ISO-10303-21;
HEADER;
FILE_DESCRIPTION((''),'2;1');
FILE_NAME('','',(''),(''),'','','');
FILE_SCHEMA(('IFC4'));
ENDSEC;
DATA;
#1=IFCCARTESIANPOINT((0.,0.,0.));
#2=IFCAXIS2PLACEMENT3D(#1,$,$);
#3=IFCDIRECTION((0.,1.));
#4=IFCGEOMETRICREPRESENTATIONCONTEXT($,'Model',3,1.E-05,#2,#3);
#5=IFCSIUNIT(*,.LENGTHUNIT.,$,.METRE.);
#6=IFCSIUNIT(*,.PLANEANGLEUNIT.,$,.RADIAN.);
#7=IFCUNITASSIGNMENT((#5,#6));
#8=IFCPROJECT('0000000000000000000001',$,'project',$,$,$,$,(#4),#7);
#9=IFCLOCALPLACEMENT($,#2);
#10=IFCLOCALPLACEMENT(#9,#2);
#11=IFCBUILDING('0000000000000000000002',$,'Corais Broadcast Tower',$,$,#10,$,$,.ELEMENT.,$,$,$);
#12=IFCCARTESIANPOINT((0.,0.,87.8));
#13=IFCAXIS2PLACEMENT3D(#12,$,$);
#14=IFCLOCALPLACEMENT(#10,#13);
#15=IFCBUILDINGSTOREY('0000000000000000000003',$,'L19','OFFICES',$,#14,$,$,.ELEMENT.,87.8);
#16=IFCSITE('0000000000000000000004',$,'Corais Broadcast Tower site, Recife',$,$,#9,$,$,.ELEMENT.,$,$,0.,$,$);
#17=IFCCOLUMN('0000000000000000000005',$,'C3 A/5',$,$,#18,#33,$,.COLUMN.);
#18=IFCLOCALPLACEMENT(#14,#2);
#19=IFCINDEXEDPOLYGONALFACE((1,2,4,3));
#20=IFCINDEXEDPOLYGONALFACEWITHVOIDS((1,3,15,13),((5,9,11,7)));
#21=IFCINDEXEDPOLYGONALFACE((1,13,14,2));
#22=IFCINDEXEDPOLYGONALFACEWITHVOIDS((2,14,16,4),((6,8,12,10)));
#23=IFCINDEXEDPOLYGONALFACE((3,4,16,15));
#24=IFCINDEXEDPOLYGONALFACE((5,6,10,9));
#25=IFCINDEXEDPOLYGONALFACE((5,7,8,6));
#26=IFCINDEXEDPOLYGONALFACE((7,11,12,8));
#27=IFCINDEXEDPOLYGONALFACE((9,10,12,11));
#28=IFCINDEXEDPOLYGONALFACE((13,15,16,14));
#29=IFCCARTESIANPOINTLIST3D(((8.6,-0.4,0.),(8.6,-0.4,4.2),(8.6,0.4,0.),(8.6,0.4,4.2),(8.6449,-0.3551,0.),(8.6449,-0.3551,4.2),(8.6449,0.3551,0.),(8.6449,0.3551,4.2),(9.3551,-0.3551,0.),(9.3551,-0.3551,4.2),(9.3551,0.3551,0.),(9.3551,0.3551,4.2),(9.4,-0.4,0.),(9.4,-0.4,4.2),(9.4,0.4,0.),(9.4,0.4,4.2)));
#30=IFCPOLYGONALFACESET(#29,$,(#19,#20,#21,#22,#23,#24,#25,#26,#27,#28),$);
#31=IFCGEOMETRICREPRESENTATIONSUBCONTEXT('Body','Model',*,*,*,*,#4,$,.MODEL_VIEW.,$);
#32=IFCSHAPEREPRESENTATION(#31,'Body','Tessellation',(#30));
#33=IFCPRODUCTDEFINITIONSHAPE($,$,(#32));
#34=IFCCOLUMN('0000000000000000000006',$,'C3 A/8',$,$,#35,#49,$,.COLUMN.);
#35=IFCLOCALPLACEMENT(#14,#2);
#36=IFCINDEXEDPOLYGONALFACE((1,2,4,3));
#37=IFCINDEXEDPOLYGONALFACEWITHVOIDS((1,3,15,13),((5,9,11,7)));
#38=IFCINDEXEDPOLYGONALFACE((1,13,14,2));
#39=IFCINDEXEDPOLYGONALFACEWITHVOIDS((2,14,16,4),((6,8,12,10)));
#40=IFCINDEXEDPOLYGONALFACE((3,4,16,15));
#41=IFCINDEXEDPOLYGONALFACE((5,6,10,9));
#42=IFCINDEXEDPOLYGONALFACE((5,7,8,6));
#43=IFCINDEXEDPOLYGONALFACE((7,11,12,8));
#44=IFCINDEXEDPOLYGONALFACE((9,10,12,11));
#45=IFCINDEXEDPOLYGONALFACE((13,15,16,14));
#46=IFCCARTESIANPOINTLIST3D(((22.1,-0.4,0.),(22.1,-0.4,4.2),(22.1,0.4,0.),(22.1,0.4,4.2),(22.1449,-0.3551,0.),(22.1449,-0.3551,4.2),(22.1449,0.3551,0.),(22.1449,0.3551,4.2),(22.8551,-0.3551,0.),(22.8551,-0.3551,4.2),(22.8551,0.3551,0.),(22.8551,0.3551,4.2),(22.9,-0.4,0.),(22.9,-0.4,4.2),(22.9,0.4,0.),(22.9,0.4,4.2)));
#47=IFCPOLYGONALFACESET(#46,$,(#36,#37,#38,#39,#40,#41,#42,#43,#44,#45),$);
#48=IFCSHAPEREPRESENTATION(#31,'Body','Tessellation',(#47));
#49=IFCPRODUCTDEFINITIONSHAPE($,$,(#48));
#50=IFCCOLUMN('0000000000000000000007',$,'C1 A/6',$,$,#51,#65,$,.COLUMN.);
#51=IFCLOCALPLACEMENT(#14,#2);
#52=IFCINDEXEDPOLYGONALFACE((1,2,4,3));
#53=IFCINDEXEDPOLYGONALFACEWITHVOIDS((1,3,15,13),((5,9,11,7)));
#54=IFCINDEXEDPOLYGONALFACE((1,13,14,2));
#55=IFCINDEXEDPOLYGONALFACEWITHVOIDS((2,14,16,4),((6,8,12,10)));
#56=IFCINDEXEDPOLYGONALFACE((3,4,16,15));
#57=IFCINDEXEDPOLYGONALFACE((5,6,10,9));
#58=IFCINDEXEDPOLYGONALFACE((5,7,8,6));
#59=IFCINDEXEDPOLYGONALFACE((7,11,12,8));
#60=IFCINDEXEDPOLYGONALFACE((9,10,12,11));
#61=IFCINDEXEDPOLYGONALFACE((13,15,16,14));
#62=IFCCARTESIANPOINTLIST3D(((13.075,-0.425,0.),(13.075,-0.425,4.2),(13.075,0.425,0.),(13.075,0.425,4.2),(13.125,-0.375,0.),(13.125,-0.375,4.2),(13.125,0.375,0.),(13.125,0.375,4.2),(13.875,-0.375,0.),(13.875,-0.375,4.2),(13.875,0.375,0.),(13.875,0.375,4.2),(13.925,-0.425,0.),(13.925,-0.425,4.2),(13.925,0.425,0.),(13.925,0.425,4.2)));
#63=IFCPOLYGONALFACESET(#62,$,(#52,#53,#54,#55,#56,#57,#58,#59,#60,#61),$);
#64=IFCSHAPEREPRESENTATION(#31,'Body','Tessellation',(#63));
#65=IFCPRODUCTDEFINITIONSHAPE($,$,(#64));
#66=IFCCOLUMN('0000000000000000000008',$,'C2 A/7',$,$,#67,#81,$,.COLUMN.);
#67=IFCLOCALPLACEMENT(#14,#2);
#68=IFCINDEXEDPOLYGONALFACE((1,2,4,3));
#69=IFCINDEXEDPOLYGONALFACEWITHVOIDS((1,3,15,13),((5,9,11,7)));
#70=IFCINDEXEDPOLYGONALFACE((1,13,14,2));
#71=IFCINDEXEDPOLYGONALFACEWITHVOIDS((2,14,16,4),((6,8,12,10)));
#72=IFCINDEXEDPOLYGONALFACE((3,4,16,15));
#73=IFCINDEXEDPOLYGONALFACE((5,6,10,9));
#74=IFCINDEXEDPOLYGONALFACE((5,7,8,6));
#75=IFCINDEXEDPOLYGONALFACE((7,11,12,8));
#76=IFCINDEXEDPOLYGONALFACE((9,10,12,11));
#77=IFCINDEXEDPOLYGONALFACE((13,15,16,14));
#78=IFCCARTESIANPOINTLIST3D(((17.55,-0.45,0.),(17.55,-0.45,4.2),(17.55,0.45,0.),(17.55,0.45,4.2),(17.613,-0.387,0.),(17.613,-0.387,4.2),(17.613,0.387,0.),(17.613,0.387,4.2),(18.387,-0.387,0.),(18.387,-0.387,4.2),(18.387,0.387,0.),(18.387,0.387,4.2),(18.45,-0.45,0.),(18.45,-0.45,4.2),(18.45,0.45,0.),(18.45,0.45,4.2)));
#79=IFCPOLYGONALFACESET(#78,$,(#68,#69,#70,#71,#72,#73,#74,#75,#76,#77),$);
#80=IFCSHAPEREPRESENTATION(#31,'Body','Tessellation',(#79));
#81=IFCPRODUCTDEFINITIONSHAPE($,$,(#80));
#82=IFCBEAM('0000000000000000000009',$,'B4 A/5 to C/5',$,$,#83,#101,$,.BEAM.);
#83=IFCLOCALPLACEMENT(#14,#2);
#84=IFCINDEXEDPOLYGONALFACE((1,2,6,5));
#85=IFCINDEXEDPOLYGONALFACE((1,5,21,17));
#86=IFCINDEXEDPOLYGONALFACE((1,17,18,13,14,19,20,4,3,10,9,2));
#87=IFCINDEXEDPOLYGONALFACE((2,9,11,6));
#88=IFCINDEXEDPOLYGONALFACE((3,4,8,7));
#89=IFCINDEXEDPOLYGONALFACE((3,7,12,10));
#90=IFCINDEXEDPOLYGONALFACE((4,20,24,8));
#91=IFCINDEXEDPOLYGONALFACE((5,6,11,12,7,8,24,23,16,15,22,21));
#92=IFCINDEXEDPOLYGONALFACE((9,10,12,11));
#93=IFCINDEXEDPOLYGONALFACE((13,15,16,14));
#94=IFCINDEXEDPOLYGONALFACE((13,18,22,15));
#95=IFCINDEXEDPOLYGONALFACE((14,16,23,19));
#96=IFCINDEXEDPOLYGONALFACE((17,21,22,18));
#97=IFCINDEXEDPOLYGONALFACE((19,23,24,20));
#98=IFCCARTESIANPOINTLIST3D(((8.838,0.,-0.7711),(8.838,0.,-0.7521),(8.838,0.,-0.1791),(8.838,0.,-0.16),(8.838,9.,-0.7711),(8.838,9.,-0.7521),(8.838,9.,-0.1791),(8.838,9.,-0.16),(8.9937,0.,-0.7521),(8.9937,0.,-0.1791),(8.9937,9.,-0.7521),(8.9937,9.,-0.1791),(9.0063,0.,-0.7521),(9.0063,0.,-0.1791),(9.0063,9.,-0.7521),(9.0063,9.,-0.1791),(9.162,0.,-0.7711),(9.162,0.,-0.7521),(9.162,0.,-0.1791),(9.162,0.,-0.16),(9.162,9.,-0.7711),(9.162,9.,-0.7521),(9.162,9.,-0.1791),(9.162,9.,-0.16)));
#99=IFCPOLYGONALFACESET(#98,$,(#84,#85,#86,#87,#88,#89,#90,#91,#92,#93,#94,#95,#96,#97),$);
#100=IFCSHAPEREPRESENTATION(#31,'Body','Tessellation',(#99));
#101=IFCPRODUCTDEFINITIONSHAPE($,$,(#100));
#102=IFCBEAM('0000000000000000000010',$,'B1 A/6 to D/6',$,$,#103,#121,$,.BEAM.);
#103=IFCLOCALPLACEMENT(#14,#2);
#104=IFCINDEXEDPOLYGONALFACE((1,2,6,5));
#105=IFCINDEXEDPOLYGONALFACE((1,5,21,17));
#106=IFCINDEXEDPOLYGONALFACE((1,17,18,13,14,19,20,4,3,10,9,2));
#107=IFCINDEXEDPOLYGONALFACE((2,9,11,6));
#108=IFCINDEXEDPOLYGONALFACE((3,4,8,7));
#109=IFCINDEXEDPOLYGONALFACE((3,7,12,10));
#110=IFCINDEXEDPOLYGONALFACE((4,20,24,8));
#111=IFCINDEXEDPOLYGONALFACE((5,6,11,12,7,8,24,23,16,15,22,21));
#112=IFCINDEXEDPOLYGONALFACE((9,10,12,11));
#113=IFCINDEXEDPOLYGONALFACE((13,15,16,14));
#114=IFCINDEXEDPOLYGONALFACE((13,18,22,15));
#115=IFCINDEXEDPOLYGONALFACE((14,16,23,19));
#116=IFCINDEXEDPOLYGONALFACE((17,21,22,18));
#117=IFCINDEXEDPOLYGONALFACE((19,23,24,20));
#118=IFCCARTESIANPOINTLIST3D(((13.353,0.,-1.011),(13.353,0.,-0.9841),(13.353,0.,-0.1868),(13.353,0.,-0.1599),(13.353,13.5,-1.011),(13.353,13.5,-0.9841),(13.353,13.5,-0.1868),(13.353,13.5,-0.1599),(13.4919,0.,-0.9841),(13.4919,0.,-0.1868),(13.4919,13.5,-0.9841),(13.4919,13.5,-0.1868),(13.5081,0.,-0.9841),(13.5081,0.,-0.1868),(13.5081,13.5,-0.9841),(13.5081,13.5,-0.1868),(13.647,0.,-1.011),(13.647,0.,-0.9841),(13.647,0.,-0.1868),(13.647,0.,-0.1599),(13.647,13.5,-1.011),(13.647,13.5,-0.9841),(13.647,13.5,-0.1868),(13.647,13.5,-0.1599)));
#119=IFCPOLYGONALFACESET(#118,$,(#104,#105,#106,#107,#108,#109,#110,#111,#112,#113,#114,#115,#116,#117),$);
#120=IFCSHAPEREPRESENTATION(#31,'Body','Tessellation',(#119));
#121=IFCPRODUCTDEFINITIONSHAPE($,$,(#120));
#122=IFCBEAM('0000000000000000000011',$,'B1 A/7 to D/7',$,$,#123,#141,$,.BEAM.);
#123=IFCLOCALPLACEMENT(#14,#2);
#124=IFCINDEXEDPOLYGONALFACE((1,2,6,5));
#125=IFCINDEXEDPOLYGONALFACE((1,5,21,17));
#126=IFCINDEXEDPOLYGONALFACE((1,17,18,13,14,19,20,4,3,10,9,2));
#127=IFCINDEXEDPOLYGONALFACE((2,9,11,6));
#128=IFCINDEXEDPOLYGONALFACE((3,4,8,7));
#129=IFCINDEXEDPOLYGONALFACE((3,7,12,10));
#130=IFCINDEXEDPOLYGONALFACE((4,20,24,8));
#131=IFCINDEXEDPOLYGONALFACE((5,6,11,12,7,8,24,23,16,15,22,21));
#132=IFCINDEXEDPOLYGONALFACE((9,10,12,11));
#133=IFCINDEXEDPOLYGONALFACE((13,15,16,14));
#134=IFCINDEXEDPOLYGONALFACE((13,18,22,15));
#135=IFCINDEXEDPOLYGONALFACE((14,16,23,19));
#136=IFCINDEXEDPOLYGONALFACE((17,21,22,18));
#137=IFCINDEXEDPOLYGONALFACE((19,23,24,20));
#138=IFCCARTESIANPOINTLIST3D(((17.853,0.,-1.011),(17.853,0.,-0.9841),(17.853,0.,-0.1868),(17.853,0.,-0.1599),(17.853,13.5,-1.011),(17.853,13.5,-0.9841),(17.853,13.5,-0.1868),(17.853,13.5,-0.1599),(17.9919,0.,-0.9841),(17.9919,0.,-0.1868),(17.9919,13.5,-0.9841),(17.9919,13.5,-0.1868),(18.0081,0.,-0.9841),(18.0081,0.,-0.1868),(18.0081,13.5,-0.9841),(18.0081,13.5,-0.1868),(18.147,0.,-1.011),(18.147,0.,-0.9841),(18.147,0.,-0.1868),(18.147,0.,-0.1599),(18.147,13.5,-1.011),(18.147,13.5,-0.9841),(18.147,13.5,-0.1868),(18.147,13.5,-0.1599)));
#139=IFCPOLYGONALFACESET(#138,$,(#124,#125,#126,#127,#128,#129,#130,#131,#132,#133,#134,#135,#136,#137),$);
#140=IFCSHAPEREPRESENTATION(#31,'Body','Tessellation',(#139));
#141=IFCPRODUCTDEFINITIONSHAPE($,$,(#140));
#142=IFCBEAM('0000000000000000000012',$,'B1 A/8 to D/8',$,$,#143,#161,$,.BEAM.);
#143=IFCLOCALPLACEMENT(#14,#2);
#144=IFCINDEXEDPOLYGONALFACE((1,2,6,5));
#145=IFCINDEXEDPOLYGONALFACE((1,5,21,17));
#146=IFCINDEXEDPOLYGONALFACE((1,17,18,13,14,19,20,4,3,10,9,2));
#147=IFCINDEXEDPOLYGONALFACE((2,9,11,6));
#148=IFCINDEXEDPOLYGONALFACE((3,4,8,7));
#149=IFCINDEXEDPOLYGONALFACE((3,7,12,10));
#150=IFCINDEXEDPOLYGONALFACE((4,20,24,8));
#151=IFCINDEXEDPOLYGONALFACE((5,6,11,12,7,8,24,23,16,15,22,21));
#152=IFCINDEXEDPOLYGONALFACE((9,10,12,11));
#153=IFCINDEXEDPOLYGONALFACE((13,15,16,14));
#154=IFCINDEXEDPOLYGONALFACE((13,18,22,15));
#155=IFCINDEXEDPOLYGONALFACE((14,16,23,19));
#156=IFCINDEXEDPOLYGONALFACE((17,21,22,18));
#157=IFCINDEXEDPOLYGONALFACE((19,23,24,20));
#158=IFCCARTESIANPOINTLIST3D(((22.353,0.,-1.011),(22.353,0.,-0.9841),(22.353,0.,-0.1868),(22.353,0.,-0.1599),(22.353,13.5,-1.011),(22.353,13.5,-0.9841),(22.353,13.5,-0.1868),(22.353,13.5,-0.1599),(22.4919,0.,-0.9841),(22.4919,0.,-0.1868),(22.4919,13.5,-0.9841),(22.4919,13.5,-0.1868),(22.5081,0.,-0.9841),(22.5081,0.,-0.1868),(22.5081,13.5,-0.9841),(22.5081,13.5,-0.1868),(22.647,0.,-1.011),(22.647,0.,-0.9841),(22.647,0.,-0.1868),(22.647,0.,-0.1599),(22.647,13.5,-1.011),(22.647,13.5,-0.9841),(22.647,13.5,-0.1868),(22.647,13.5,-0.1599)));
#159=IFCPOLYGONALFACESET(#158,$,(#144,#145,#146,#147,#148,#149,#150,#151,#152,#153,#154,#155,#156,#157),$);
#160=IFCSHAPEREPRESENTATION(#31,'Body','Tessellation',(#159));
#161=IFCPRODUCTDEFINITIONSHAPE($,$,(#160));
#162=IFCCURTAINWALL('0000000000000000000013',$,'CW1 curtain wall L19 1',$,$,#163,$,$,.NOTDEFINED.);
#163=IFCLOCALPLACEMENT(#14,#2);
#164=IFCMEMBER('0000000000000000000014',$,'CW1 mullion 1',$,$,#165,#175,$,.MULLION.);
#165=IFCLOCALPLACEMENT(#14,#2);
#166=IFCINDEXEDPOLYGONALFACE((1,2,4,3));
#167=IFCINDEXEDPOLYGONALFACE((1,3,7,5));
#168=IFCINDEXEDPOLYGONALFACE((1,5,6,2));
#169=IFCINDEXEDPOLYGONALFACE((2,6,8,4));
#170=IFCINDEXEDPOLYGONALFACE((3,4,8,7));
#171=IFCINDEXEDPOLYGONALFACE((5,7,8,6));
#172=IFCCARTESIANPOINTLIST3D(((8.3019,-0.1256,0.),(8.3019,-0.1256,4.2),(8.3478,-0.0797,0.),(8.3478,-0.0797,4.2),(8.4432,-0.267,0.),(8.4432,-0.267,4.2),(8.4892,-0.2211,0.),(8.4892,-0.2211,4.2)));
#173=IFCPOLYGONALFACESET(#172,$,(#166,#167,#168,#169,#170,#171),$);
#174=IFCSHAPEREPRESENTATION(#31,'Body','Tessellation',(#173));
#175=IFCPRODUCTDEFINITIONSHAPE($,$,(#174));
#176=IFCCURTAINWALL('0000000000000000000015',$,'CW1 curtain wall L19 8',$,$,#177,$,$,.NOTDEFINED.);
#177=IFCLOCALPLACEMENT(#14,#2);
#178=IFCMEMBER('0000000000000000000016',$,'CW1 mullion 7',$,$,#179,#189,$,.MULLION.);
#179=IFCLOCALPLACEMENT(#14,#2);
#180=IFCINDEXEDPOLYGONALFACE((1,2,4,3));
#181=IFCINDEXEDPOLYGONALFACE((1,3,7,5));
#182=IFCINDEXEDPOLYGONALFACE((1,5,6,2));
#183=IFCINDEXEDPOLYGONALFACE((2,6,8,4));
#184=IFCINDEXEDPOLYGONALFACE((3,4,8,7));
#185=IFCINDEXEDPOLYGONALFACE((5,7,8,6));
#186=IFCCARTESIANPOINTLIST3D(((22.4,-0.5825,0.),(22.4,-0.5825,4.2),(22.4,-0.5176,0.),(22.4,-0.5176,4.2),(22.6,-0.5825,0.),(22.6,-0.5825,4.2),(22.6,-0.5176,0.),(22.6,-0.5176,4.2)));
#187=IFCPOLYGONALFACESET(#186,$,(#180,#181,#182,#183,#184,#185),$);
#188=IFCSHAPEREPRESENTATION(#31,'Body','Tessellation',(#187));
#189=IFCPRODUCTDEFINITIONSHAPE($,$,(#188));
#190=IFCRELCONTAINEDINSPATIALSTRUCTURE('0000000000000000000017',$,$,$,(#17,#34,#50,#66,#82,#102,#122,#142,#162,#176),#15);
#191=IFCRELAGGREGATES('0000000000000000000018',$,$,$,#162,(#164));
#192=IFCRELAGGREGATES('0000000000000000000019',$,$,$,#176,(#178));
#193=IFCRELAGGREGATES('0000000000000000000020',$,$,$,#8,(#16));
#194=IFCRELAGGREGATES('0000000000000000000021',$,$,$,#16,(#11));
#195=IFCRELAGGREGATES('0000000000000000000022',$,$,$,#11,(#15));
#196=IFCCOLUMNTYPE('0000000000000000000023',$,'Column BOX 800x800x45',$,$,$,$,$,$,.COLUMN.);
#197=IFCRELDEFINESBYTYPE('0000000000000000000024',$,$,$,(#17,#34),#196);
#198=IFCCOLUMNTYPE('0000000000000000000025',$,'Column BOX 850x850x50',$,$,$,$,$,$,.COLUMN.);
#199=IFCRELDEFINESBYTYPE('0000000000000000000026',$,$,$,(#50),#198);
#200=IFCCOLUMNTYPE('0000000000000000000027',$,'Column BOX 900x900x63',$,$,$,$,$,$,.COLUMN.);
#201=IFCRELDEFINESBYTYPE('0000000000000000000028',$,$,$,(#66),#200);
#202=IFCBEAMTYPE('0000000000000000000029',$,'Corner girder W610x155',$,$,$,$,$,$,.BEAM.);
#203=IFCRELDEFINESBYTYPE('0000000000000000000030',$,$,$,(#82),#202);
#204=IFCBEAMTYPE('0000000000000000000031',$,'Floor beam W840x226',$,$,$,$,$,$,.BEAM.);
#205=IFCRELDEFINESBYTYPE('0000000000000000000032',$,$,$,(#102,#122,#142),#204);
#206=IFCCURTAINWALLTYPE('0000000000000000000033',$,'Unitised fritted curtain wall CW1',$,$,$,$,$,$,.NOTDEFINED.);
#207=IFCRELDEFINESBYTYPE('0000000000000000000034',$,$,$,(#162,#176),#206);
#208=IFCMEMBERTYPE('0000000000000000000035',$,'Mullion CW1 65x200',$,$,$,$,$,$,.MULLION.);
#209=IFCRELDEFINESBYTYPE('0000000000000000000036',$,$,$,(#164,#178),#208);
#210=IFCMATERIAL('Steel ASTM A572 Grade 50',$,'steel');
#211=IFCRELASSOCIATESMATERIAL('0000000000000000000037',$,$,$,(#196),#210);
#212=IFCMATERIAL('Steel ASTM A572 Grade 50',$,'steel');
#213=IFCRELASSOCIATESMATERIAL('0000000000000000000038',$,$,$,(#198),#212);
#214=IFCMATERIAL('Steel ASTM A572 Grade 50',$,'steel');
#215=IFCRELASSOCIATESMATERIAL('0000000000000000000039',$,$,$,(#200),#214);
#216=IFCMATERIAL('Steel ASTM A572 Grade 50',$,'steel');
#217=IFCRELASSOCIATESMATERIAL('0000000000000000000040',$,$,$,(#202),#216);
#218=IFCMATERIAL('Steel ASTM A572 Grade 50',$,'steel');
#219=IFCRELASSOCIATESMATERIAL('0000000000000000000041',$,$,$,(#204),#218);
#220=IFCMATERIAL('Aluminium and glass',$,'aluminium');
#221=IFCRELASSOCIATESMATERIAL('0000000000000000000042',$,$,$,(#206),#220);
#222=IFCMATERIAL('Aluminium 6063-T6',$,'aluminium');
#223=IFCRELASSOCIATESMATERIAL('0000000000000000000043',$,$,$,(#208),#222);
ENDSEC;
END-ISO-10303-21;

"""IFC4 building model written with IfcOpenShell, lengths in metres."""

from ifc_helpers import new_model, si_unit, direction, frame, origin, origin_2d, place, context, subcontext, project, spatial, rectangle, hollow_rectangle, i_section, extrude, material, material_profile, profile_set, type_object, element, aggregate, save


model = new_model("IFC4")

# Units and contexts
model_context = context("Model", 3, precision=1e-05, world=origin(), true_north=direction((0.0, 1.0)))
body_context = subcontext(model_context, "Body", "Model", "MODEL_VIEW")
ifc_project = project(units=[si_unit("LENGTHUNIT", "METRE"), si_unit("PLANEANGLEUNIT", "RADIAN")], contexts=[model_context])

# Site, building, storey
site_placement = place(None, origin())
site = spatial("IfcSite", under=ifc_project, at=site_placement, Name="Corais Broadcast Tower site, Recife", CompositionType="ELEMENT", RefElevation=0.0)
building_placement = place(site_placement, origin())
building = spatial("IfcBuilding", under=site, at=building_placement, Name="Corais Broadcast Tower", CompositionType="ELEMENT")
storey_placement = place(building_placement, frame((0.0, 0.0, 87.8)))
storey = spatial("IfcBuildingStorey", under=building, at=storey_placement, Name="L19", Description="OFFICES", CompositionType="ELEMENT", Elevation=87.8)

# Columns
ifc_material_1 = material(Name="Steel ASTM A572 Grade 50", Category="steel")
ifc_material_profile_1 = material_profile(ifc_material_1, hollow_rectangle(XDim=0.8, YDim=0.8, WallThickness=0.0449, at=origin_2d()), Name="BOX 800x800x45")
ifc_profile_set_1 = profile_set([ifc_material_profile_1], Name="Steel ASTM A572 Grade 50")
column_type_1 = type_object("IfcColumnType", Name="Column BOX 800x800x45", PredefinedType="COLUMN", material=ifc_profile_set_1)
for number, where, z_axis, x_axis, name in (
    (1, (9.0, 0.0, 0.0), (0.0, 0.0, 1.0), (1.0, 0.0, 0.0), "C3 A/5"),
    (2, (22.5, 0.0, 0.0), (0.0, 0.0, 1.0), (1.0, 0.0, 0.0), "C3 A/8"),
):
    element("IfcColumn", number, at=place(storey_placement, frame(where, z_axis=z_axis, x_axis=x_axis)), inside=storey, type_object=column_type_1, Name=name, PredefinedType="COLUMN", context=body_context, shape_type="SweptSolid", body=[
        extrude(hollow_rectangle(XDim=0.8, YDim=0.8, WallThickness=0.0449, at=origin_2d()), origin(), (0.0, 0.0, 1.0), 4.2),
    ])
ifc_material_2 = material(Name="Steel ASTM A572 Grade 50", Category="steel")
ifc_material_profile_2 = material_profile(ifc_material_2, hollow_rectangle(XDim=0.8501, YDim=0.8501, WallThickness=0.05, at=origin_2d()), Name="BOX 850x850x50")
ifc_profile_set_2 = profile_set([ifc_material_profile_2], Name="Steel ASTM A572 Grade 50")
column_type_2 = type_object("IfcColumnType", Name="Column BOX 850x850x50", PredefinedType="COLUMN", material=ifc_profile_set_2)
column_1_placement = place(storey_placement, frame((13.5, 0.0, 0.0), z_axis=(0.0, 0.0, 1.0), x_axis=(1.0, 0.0, 0.0)))
element("IfcColumn", 3, at=column_1_placement, inside=storey, type_object=column_type_2, Name="C1 A/6", PredefinedType="COLUMN", context=body_context, shape_type="SweptSolid", body=[
    extrude(hollow_rectangle(XDim=0.8501, YDim=0.8501, WallThickness=0.05, at=origin_2d()), origin(), (0.0, 0.0, 1.0), 4.2),
])
ifc_material_3 = material(Name="Steel ASTM A572 Grade 50", Category="steel")
ifc_material_profile_3 = material_profile(ifc_material_3, hollow_rectangle(XDim=0.8999, YDim=0.8999, WallThickness=0.063, at=origin_2d()), Name="BOX 900x900x63")
ifc_profile_set_3 = profile_set([ifc_material_profile_3], Name="Steel ASTM A572 Grade 50")
column_type_3 = type_object("IfcColumnType", Name="Column BOX 900x900x63", PredefinedType="COLUMN", material=ifc_profile_set_3)
column_2_placement = place(storey_placement, frame((18.0, 0.0, 0.0), z_axis=(0.0, 0.0, 1.0), x_axis=(1.0, 0.0, 0.0)))
element("IfcColumn", 4, at=column_2_placement, inside=storey, type_object=column_type_3, Name="C2 A/7", PredefinedType="COLUMN", context=body_context, shape_type="SweptSolid", body=[
    extrude(hollow_rectangle(XDim=0.8999, YDim=0.8999, WallThickness=0.063, at=origin_2d()), origin(), (0.0, 0.0, 1.0), 4.2),
])

# Beams
ifc_material_4 = material(Name="Steel ASTM A572 Grade 50", Category="steel")
ifc_material_profile_4 = material_profile(ifc_material_4, i_section(OverallWidth=0.324, OverallDepth=0.6111, WebThickness=0.0127, FlangeThickness=0.019, at=origin_2d()), Name="W610x155")
ifc_profile_set_4 = profile_set([ifc_material_profile_4], Name="Steel ASTM A572 Grade 50")
beam_type_1 = type_object("IfcBeamType", Name="Corner girder W610x155", PredefinedType="BEAM", material=ifc_profile_set_4)
beam_1_placement = place(storey_placement, frame((9.0, 0.0, -0.4656), z_axis=(0.0, 1.0, 0.0), x_axis=(-1.0, 0.0, 0.0)))
element("IfcBeam", 5, at=beam_1_placement, inside=storey, type_object=beam_type_1, Name="B4 A/5 to C/5", PredefinedType="BEAM", context=body_context, shape_type="SweptSolid", body=[
    extrude(i_section(OverallWidth=0.324, OverallDepth=0.6111, WebThickness=0.0127, FlangeThickness=0.019, at=origin_2d()), origin(), (0.0, 0.0, 1.0), 9.0),
])
ifc_material_5 = material(Name="Steel ASTM A572 Grade 50", Category="steel")
ifc_material_profile_5 = material_profile(ifc_material_5, i_section(OverallWidth=0.2939, OverallDepth=0.8511, WebThickness=0.0161, FlangeThickness=0.0269, at=origin_2d()), Name="W840x226")
ifc_profile_set_5 = profile_set([ifc_material_profile_5], Name="Steel ASTM A572 Grade 50")
beam_type_2 = type_object("IfcBeamType", Name="Floor beam W840x226", PredefinedType="BEAM", material=ifc_profile_set_5)
for number, where, z_axis, x_axis, name in (
    (6, (13.5, 0.0, -0.5854), (0.0, 1.0, 0.0), (-1.0, 0.0, 0.0), "B1 A/6 to D/6"),
    (7, (18.0, 0.0, -0.5854), (0.0, 1.0, 0.0), (-1.0, 0.0, 0.0), "B1 A/7 to D/7"),
    (8, (22.5, 0.0, -0.5854), (0.0, 1.0, 0.0), (-1.0, 0.0, 0.0), "B1 A/8 to D/8"),
):
    element("IfcBeam", number, at=place(storey_placement, frame(where, z_axis=z_axis, x_axis=x_axis)), inside=storey, type_object=beam_type_2, Name=name, PredefinedType="BEAM", context=body_context, shape_type="SweptSolid", body=[
        extrude(i_section(OverallWidth=0.2939, OverallDepth=0.8511, WebThickness=0.0161, FlangeThickness=0.0269, at=origin_2d()), origin(), (0.0, 0.0, 1.0), 13.5),
    ])

# Curtain wall, member
ifc_material_6 = material(Name="Aluminium and glass", Category="aluminium")
curtain_wall_type = type_object("IfcCurtainWallType", Name="Unitised fritted curtain wall CW1", PredefinedType="NOTDEFINED", material=ifc_material_6)
curtain_wall_1_placement = place(storey_placement, origin())
curtain_wall_1 = element("IfcCurtainWall", 9, at=curtain_wall_1_placement, inside=storey, type_object=curtain_wall_type, Name="CW1 curtain wall L19 1", PredefinedType="NOTDEFINED")
ifc_material_7 = material(Name="Aluminium 6063-T6", Category="aluminium")
ifc_material_profile_6 = material_profile(ifc_material_7, rectangle(XDim=0.0649, YDim=0.2, at=origin_2d()), Name="Mullion CW1 65x200")
ifc_profile_set_6 = profile_set([ifc_material_profile_6], Name="Aluminium 6063-T6")
member_type_1 = type_object("IfcMemberType", Name="Mullion CW1 65x200", PredefinedType="MULLION", material=ifc_profile_set_6)
member_1_placement = place(storey_placement, frame((8.3955, -0.1733, 0.0), z_axis=(0.0, 0.0, 1.0), x_axis=(-0.707107, -0.707107, 0.0)))
member_1 = element("IfcMember", 10, at=member_1_placement, type_object=member_type_1, Name="CW1 mullion 1", PredefinedType="MULLION", context=body_context, shape_type="SweptSolid", body=[
    extrude(rectangle(XDim=0.0649, YDim=0.2, at=origin_2d()), origin(), (0.0, 0.0, 1.0), 4.2),
])

# Curtain wall, member
curtain_wall_2_placement = place(storey_placement, origin())
curtain_wall_2 = element("IfcCurtainWall", 11, at=curtain_wall_2_placement, inside=storey, type_object=curtain_wall_type, Name="CW1 curtain wall L19 8", PredefinedType="NOTDEFINED")
member_2_placement = place(storey_placement, frame((22.5, -0.55, 0.0), z_axis=(0.0, 0.0, 1.0), x_axis=(0.0, -1.0, 0.0)))
member_2 = element("IfcMember", 12, at=member_2_placement, type_object=member_type_1, Name="CW1 mullion 7", PredefinedType="MULLION", context=body_context, shape_type="SweptSolid", body=[
    extrude(rectangle(XDim=0.0649, YDim=0.2, at=origin_2d()), origin(), (0.0, 0.0, 1.0), 4.2),
])

aggregate(curtain_wall_1, [member_1])

aggregate(curtain_wall_2, [member_2])

save(model, "model.ifc")
